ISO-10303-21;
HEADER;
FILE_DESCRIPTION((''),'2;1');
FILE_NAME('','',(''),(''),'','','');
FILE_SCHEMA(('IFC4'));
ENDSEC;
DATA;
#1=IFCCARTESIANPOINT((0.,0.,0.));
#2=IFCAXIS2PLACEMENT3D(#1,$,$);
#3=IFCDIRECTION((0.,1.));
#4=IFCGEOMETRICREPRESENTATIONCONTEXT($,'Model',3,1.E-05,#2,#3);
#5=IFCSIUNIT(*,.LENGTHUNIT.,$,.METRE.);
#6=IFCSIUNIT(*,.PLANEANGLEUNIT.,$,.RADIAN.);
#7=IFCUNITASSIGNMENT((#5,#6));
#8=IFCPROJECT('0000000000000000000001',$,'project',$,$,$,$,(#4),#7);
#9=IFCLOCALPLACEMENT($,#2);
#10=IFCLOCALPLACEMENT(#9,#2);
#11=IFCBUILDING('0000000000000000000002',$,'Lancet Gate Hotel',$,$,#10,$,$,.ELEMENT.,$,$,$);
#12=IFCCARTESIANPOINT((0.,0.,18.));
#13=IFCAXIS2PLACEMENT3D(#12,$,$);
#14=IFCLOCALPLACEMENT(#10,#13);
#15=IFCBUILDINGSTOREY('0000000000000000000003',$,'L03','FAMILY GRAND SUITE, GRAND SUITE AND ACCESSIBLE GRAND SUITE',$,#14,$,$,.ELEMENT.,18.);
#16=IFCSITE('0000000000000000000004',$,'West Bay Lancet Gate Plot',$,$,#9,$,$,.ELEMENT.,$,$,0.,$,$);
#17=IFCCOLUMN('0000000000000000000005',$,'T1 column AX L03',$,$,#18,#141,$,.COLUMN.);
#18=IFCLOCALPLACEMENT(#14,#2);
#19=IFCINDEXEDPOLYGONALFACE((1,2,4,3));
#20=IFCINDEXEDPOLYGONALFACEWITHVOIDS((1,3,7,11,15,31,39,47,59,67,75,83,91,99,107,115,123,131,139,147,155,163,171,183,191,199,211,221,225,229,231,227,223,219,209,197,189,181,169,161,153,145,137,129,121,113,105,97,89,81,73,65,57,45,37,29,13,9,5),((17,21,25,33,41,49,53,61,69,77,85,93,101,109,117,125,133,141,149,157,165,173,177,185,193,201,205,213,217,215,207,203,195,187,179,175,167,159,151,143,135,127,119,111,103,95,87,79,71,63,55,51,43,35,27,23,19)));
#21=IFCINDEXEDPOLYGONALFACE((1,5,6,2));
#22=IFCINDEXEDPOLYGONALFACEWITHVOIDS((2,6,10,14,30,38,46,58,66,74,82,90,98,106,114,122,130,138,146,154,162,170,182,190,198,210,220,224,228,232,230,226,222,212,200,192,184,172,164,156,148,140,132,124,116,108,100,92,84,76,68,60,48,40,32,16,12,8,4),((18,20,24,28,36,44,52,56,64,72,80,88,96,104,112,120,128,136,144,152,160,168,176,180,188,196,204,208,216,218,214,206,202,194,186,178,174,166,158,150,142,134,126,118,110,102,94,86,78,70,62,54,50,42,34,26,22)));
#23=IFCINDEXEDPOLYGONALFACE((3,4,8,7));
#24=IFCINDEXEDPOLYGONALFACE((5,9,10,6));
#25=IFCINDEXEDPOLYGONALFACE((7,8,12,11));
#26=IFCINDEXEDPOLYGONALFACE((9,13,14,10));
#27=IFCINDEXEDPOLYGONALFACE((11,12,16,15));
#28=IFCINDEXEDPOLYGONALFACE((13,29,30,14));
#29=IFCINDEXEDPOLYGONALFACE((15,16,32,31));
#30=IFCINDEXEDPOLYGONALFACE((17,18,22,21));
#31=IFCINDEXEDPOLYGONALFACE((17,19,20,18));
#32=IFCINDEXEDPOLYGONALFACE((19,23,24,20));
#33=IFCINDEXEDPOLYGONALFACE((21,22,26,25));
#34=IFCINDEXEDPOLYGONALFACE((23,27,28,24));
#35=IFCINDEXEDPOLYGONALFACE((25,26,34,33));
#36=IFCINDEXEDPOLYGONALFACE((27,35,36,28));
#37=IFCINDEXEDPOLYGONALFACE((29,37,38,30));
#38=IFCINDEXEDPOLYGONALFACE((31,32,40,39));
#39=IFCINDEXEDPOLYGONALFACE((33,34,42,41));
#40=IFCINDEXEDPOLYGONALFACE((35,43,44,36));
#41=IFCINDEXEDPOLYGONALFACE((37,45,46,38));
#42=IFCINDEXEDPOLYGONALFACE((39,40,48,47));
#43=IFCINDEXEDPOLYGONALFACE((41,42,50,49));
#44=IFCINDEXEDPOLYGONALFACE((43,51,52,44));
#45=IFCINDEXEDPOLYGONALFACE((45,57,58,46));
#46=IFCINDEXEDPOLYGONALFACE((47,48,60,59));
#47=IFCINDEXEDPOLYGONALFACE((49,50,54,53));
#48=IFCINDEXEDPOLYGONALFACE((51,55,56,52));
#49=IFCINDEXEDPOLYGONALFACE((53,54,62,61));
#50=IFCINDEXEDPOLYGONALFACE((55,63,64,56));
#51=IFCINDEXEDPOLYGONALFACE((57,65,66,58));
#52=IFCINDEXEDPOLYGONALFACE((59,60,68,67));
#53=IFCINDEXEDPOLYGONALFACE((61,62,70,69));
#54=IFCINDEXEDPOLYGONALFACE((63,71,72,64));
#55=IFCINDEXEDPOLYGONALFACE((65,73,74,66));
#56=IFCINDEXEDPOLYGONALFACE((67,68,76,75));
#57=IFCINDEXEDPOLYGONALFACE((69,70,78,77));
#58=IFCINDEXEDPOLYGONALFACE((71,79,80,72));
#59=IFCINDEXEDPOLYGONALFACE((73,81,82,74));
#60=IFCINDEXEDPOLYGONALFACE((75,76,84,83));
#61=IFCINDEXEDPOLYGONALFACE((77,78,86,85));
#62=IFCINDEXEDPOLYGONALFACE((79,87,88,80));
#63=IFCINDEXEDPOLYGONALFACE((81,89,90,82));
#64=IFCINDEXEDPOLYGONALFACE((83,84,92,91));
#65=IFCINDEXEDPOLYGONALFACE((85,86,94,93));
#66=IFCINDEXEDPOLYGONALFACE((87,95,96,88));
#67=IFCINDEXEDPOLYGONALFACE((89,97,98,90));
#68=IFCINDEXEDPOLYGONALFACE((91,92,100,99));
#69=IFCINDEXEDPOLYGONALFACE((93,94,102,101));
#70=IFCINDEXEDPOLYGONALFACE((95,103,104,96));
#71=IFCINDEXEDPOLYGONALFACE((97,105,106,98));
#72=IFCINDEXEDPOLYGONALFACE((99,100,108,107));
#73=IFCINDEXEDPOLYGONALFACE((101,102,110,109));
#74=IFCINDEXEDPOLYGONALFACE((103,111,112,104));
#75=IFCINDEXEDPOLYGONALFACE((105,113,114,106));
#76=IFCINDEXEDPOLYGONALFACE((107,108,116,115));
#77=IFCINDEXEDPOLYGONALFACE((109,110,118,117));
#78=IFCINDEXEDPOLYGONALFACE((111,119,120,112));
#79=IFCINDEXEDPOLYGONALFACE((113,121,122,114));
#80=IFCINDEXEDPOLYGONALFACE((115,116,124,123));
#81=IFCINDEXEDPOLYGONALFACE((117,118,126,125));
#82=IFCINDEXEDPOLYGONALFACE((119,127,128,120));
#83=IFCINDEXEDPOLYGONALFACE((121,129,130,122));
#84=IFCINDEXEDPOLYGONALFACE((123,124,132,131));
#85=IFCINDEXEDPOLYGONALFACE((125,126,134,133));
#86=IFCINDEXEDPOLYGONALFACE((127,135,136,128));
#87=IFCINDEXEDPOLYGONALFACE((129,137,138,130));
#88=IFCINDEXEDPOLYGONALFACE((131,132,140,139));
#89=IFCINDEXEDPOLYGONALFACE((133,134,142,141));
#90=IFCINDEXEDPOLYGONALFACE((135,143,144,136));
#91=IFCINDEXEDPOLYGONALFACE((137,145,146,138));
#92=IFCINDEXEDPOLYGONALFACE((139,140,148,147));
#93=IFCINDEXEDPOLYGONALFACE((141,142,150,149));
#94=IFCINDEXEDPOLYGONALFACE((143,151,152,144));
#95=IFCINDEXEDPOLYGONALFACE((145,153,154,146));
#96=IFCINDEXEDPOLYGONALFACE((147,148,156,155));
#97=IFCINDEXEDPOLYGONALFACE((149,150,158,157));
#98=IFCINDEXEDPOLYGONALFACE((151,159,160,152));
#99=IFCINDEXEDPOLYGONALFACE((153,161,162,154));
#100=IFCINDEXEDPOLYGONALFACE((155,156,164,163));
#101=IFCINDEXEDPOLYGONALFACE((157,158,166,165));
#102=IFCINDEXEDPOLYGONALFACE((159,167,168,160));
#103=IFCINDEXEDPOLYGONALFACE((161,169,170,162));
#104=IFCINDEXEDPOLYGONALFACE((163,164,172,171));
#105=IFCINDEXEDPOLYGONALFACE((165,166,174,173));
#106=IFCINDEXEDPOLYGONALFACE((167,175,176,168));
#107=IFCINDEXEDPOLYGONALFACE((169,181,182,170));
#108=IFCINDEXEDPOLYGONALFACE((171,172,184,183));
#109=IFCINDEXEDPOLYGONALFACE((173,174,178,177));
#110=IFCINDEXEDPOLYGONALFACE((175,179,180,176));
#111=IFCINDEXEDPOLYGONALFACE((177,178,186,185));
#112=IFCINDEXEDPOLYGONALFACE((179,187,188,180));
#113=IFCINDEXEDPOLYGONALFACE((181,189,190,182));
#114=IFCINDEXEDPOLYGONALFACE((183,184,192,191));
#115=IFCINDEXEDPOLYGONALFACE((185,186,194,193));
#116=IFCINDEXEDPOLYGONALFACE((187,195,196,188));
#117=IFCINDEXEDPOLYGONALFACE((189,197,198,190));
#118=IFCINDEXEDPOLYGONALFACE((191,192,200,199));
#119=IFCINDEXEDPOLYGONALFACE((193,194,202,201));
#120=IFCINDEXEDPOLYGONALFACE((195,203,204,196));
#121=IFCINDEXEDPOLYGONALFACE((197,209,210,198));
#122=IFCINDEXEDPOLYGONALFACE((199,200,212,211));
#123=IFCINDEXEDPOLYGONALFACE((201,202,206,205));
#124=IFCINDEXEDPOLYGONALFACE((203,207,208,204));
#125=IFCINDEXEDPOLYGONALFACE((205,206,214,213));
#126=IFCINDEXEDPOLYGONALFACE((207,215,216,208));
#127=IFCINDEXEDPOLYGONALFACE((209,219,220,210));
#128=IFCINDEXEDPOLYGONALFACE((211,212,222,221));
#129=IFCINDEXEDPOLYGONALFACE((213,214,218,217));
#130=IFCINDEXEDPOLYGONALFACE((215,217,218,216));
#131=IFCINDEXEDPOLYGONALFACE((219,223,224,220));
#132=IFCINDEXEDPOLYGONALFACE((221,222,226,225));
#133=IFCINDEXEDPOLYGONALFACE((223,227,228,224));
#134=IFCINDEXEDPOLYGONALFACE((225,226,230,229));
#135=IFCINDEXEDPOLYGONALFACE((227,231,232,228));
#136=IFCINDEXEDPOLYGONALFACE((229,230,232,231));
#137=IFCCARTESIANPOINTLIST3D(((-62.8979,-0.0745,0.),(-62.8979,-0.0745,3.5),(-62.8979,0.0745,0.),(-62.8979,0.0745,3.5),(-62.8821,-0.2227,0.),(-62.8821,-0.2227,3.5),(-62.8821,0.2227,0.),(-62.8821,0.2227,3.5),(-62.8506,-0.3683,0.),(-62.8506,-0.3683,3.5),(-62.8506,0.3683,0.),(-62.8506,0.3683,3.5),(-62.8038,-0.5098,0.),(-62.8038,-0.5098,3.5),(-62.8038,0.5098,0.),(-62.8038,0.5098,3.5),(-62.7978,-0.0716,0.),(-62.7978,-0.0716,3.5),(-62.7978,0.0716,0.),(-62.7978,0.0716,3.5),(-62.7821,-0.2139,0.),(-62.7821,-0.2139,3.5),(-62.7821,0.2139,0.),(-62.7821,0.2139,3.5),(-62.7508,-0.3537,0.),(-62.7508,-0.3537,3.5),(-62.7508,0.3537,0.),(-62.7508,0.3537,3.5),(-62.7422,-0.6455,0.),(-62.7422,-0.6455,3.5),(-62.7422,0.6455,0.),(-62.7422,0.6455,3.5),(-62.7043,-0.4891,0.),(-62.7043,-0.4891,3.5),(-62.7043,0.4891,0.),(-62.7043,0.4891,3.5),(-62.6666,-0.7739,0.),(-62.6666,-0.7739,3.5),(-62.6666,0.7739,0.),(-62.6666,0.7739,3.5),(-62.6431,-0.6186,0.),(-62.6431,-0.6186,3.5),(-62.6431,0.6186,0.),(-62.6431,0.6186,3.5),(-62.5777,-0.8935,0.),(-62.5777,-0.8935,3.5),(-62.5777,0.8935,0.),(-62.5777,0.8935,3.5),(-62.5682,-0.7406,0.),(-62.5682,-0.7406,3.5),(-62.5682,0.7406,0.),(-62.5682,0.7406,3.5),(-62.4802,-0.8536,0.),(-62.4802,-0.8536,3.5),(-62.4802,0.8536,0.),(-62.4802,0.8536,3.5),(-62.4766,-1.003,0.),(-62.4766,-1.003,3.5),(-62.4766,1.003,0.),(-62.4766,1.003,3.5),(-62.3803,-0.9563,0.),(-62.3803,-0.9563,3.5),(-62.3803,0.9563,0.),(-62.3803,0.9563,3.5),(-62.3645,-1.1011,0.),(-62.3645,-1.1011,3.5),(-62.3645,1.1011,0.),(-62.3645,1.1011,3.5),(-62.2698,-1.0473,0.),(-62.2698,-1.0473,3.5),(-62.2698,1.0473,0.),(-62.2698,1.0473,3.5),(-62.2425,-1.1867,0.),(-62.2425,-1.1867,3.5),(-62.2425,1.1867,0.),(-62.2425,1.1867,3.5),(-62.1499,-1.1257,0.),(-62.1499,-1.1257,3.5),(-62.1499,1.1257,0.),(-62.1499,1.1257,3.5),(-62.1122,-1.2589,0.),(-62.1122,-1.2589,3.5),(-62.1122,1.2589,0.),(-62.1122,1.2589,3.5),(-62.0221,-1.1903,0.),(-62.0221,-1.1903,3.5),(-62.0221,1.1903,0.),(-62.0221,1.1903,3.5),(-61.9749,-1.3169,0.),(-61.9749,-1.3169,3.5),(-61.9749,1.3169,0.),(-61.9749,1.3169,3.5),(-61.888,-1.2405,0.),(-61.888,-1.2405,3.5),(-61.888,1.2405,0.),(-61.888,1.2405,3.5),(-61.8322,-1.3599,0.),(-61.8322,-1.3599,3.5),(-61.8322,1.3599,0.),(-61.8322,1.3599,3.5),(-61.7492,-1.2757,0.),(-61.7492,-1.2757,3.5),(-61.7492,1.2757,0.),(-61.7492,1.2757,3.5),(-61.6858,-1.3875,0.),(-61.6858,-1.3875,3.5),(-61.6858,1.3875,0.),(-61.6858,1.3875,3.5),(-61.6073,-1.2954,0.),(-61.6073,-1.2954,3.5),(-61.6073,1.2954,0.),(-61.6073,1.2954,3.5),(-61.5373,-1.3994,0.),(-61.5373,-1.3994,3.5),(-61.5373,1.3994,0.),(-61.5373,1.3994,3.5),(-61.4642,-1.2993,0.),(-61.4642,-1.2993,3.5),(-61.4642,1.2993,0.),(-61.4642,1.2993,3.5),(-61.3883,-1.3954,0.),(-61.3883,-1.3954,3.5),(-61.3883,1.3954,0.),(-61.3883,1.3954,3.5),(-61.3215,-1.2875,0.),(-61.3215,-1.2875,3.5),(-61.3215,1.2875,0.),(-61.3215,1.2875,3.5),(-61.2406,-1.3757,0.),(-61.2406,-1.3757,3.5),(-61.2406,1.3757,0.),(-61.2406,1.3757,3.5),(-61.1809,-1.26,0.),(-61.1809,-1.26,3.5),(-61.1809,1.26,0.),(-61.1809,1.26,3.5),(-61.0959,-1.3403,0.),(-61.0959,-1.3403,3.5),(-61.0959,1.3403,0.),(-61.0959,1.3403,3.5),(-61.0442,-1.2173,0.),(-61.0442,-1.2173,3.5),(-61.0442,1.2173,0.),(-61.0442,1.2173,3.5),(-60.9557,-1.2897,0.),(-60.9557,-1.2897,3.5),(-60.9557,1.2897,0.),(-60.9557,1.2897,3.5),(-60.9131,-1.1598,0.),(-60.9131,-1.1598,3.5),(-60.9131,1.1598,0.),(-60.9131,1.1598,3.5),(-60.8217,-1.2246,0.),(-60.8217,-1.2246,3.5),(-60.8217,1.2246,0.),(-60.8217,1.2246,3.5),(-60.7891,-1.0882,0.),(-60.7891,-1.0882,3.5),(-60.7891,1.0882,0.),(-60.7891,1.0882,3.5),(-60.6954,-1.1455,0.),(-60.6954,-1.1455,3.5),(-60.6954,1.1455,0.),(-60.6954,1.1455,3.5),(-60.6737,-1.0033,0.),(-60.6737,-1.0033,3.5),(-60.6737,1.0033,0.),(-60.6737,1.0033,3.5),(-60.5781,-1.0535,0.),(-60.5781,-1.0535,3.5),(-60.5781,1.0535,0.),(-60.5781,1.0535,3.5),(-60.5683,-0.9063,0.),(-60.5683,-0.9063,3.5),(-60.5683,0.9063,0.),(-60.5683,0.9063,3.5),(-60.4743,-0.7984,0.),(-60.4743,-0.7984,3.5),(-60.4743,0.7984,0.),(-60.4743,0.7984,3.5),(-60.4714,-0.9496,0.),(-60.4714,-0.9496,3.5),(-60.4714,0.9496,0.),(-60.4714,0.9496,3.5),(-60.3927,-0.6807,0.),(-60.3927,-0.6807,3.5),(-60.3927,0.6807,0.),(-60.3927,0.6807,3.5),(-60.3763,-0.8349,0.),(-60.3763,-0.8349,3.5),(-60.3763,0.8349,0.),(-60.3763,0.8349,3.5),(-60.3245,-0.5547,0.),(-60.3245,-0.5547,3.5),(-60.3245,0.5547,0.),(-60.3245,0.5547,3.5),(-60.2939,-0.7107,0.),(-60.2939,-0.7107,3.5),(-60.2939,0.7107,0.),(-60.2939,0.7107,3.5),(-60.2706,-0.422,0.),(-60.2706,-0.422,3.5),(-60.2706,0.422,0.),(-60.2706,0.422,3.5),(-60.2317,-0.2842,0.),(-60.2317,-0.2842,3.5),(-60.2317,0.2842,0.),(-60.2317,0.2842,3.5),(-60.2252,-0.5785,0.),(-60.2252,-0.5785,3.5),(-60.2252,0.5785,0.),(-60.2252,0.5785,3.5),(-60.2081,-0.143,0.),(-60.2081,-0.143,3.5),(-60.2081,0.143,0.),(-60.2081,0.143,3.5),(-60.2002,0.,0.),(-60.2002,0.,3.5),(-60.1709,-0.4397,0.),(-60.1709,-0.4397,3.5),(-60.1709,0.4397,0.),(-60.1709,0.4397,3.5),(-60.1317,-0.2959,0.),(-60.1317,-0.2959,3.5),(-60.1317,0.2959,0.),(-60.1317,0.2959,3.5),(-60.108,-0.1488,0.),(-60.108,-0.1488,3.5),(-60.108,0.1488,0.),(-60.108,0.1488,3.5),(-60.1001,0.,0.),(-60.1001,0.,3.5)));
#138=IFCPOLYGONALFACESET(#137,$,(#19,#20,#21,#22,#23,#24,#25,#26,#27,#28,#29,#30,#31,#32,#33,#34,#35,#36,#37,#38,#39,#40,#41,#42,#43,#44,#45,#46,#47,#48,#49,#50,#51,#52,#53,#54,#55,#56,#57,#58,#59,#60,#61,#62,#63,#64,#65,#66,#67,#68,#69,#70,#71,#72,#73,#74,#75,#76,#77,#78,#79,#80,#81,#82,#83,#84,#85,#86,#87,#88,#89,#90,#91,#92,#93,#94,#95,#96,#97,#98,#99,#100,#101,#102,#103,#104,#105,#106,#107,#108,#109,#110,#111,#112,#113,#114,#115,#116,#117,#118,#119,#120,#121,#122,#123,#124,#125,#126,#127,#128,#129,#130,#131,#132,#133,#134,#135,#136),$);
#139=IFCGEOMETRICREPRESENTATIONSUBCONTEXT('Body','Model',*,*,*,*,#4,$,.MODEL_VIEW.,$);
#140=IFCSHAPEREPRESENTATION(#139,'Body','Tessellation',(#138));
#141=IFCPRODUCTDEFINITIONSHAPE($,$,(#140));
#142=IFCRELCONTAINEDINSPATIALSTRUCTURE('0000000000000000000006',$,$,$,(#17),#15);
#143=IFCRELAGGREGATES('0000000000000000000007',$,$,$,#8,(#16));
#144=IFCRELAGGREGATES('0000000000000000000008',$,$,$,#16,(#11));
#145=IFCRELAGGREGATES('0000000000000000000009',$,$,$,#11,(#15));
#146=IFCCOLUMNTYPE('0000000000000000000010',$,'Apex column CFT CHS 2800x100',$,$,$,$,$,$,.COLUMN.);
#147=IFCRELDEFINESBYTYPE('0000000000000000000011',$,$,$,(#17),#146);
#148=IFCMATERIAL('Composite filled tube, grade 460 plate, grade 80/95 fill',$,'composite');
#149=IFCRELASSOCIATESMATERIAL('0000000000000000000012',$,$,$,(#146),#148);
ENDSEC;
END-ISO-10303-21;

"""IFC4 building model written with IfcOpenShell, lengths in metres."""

from ifc_helpers import new_model, si_unit, direction, frame, origin, origin_2d, place, context, subcontext, project, spatial, hollow_circle, extrude, material, material_profile, profile_set, type_object, element, save


model = new_model("IFC4")

# Units and contexts
model_context = context("Model", 3, precision=1e-05, world=origin(), true_north=direction((0.0, 1.0)))
body_context = subcontext(model_context, "Body", "Model", "MODEL_VIEW")
ifc_project = project(units=[si_unit("LENGTHUNIT", "METRE"), si_unit("PLANEANGLEUNIT", "RADIAN")], contexts=[model_context])

# Site, building, storey
site_placement = place(None, origin())
site = spatial("IfcSite", under=ifc_project, at=site_placement, Name="West Bay Lancet Gate Plot", CompositionType="ELEMENT", RefElevation=0.0)
building_placement = place(site_placement, origin())
building = spatial("IfcBuilding", under=site, at=building_placement, Name="Lancet Gate Hotel", CompositionType="ELEMENT")
storey_placement = place(building_placement, frame((0.0, 0.0, 18.0)))
storey = spatial("IfcBuildingStorey", under=building, at=storey_placement, Name="L03", Description="FAMILY GRAND SUITE, GRAND SUITE AND ACCESSIBLE GRAND SUITE", CompositionType="ELEMENT", Elevation=18.0)

# Column
ifc_material_1 = material(Name="Composite filled tube, grade 460 plate, grade 80/95 fill", Category="composite")
ifc_material_profile_1 = material_profile(ifc_material_1, hollow_circle(Radius=1.3999, WallThickness=0.1001, at=origin_2d()), Name="CHS 2800x100")
ifc_profile_set_1 = profile_set([ifc_material_profile_1], Name="Composite filled tube, grade 460 plate, grade 80/95 fill")
column_type_1 = type_object("IfcColumnType", Name="Apex column CFT CHS 2800x100", PredefinedType="COLUMN", material=ifc_profile_set_1)
column_1_placement = place(storey_placement, frame((-61.5, 0.0, 0.0), z_axis=(0.0, 0.0, 1.0), x_axis=(1.0, 0.0, 0.0)))
element("IfcColumn", 1, at=column_1_placement, inside=storey, type_object=column_type_1, Name="T1 column AX L03", PredefinedType="COLUMN", context=body_context, shape_type="SweptSolid", body=[
    extrude(hollow_circle(Radius=1.3999, WallThickness=0.1001, at=origin_2d()), origin(), (0.0, 0.0, 1.0), 3.5),
])

save(model, "model.ifc")
